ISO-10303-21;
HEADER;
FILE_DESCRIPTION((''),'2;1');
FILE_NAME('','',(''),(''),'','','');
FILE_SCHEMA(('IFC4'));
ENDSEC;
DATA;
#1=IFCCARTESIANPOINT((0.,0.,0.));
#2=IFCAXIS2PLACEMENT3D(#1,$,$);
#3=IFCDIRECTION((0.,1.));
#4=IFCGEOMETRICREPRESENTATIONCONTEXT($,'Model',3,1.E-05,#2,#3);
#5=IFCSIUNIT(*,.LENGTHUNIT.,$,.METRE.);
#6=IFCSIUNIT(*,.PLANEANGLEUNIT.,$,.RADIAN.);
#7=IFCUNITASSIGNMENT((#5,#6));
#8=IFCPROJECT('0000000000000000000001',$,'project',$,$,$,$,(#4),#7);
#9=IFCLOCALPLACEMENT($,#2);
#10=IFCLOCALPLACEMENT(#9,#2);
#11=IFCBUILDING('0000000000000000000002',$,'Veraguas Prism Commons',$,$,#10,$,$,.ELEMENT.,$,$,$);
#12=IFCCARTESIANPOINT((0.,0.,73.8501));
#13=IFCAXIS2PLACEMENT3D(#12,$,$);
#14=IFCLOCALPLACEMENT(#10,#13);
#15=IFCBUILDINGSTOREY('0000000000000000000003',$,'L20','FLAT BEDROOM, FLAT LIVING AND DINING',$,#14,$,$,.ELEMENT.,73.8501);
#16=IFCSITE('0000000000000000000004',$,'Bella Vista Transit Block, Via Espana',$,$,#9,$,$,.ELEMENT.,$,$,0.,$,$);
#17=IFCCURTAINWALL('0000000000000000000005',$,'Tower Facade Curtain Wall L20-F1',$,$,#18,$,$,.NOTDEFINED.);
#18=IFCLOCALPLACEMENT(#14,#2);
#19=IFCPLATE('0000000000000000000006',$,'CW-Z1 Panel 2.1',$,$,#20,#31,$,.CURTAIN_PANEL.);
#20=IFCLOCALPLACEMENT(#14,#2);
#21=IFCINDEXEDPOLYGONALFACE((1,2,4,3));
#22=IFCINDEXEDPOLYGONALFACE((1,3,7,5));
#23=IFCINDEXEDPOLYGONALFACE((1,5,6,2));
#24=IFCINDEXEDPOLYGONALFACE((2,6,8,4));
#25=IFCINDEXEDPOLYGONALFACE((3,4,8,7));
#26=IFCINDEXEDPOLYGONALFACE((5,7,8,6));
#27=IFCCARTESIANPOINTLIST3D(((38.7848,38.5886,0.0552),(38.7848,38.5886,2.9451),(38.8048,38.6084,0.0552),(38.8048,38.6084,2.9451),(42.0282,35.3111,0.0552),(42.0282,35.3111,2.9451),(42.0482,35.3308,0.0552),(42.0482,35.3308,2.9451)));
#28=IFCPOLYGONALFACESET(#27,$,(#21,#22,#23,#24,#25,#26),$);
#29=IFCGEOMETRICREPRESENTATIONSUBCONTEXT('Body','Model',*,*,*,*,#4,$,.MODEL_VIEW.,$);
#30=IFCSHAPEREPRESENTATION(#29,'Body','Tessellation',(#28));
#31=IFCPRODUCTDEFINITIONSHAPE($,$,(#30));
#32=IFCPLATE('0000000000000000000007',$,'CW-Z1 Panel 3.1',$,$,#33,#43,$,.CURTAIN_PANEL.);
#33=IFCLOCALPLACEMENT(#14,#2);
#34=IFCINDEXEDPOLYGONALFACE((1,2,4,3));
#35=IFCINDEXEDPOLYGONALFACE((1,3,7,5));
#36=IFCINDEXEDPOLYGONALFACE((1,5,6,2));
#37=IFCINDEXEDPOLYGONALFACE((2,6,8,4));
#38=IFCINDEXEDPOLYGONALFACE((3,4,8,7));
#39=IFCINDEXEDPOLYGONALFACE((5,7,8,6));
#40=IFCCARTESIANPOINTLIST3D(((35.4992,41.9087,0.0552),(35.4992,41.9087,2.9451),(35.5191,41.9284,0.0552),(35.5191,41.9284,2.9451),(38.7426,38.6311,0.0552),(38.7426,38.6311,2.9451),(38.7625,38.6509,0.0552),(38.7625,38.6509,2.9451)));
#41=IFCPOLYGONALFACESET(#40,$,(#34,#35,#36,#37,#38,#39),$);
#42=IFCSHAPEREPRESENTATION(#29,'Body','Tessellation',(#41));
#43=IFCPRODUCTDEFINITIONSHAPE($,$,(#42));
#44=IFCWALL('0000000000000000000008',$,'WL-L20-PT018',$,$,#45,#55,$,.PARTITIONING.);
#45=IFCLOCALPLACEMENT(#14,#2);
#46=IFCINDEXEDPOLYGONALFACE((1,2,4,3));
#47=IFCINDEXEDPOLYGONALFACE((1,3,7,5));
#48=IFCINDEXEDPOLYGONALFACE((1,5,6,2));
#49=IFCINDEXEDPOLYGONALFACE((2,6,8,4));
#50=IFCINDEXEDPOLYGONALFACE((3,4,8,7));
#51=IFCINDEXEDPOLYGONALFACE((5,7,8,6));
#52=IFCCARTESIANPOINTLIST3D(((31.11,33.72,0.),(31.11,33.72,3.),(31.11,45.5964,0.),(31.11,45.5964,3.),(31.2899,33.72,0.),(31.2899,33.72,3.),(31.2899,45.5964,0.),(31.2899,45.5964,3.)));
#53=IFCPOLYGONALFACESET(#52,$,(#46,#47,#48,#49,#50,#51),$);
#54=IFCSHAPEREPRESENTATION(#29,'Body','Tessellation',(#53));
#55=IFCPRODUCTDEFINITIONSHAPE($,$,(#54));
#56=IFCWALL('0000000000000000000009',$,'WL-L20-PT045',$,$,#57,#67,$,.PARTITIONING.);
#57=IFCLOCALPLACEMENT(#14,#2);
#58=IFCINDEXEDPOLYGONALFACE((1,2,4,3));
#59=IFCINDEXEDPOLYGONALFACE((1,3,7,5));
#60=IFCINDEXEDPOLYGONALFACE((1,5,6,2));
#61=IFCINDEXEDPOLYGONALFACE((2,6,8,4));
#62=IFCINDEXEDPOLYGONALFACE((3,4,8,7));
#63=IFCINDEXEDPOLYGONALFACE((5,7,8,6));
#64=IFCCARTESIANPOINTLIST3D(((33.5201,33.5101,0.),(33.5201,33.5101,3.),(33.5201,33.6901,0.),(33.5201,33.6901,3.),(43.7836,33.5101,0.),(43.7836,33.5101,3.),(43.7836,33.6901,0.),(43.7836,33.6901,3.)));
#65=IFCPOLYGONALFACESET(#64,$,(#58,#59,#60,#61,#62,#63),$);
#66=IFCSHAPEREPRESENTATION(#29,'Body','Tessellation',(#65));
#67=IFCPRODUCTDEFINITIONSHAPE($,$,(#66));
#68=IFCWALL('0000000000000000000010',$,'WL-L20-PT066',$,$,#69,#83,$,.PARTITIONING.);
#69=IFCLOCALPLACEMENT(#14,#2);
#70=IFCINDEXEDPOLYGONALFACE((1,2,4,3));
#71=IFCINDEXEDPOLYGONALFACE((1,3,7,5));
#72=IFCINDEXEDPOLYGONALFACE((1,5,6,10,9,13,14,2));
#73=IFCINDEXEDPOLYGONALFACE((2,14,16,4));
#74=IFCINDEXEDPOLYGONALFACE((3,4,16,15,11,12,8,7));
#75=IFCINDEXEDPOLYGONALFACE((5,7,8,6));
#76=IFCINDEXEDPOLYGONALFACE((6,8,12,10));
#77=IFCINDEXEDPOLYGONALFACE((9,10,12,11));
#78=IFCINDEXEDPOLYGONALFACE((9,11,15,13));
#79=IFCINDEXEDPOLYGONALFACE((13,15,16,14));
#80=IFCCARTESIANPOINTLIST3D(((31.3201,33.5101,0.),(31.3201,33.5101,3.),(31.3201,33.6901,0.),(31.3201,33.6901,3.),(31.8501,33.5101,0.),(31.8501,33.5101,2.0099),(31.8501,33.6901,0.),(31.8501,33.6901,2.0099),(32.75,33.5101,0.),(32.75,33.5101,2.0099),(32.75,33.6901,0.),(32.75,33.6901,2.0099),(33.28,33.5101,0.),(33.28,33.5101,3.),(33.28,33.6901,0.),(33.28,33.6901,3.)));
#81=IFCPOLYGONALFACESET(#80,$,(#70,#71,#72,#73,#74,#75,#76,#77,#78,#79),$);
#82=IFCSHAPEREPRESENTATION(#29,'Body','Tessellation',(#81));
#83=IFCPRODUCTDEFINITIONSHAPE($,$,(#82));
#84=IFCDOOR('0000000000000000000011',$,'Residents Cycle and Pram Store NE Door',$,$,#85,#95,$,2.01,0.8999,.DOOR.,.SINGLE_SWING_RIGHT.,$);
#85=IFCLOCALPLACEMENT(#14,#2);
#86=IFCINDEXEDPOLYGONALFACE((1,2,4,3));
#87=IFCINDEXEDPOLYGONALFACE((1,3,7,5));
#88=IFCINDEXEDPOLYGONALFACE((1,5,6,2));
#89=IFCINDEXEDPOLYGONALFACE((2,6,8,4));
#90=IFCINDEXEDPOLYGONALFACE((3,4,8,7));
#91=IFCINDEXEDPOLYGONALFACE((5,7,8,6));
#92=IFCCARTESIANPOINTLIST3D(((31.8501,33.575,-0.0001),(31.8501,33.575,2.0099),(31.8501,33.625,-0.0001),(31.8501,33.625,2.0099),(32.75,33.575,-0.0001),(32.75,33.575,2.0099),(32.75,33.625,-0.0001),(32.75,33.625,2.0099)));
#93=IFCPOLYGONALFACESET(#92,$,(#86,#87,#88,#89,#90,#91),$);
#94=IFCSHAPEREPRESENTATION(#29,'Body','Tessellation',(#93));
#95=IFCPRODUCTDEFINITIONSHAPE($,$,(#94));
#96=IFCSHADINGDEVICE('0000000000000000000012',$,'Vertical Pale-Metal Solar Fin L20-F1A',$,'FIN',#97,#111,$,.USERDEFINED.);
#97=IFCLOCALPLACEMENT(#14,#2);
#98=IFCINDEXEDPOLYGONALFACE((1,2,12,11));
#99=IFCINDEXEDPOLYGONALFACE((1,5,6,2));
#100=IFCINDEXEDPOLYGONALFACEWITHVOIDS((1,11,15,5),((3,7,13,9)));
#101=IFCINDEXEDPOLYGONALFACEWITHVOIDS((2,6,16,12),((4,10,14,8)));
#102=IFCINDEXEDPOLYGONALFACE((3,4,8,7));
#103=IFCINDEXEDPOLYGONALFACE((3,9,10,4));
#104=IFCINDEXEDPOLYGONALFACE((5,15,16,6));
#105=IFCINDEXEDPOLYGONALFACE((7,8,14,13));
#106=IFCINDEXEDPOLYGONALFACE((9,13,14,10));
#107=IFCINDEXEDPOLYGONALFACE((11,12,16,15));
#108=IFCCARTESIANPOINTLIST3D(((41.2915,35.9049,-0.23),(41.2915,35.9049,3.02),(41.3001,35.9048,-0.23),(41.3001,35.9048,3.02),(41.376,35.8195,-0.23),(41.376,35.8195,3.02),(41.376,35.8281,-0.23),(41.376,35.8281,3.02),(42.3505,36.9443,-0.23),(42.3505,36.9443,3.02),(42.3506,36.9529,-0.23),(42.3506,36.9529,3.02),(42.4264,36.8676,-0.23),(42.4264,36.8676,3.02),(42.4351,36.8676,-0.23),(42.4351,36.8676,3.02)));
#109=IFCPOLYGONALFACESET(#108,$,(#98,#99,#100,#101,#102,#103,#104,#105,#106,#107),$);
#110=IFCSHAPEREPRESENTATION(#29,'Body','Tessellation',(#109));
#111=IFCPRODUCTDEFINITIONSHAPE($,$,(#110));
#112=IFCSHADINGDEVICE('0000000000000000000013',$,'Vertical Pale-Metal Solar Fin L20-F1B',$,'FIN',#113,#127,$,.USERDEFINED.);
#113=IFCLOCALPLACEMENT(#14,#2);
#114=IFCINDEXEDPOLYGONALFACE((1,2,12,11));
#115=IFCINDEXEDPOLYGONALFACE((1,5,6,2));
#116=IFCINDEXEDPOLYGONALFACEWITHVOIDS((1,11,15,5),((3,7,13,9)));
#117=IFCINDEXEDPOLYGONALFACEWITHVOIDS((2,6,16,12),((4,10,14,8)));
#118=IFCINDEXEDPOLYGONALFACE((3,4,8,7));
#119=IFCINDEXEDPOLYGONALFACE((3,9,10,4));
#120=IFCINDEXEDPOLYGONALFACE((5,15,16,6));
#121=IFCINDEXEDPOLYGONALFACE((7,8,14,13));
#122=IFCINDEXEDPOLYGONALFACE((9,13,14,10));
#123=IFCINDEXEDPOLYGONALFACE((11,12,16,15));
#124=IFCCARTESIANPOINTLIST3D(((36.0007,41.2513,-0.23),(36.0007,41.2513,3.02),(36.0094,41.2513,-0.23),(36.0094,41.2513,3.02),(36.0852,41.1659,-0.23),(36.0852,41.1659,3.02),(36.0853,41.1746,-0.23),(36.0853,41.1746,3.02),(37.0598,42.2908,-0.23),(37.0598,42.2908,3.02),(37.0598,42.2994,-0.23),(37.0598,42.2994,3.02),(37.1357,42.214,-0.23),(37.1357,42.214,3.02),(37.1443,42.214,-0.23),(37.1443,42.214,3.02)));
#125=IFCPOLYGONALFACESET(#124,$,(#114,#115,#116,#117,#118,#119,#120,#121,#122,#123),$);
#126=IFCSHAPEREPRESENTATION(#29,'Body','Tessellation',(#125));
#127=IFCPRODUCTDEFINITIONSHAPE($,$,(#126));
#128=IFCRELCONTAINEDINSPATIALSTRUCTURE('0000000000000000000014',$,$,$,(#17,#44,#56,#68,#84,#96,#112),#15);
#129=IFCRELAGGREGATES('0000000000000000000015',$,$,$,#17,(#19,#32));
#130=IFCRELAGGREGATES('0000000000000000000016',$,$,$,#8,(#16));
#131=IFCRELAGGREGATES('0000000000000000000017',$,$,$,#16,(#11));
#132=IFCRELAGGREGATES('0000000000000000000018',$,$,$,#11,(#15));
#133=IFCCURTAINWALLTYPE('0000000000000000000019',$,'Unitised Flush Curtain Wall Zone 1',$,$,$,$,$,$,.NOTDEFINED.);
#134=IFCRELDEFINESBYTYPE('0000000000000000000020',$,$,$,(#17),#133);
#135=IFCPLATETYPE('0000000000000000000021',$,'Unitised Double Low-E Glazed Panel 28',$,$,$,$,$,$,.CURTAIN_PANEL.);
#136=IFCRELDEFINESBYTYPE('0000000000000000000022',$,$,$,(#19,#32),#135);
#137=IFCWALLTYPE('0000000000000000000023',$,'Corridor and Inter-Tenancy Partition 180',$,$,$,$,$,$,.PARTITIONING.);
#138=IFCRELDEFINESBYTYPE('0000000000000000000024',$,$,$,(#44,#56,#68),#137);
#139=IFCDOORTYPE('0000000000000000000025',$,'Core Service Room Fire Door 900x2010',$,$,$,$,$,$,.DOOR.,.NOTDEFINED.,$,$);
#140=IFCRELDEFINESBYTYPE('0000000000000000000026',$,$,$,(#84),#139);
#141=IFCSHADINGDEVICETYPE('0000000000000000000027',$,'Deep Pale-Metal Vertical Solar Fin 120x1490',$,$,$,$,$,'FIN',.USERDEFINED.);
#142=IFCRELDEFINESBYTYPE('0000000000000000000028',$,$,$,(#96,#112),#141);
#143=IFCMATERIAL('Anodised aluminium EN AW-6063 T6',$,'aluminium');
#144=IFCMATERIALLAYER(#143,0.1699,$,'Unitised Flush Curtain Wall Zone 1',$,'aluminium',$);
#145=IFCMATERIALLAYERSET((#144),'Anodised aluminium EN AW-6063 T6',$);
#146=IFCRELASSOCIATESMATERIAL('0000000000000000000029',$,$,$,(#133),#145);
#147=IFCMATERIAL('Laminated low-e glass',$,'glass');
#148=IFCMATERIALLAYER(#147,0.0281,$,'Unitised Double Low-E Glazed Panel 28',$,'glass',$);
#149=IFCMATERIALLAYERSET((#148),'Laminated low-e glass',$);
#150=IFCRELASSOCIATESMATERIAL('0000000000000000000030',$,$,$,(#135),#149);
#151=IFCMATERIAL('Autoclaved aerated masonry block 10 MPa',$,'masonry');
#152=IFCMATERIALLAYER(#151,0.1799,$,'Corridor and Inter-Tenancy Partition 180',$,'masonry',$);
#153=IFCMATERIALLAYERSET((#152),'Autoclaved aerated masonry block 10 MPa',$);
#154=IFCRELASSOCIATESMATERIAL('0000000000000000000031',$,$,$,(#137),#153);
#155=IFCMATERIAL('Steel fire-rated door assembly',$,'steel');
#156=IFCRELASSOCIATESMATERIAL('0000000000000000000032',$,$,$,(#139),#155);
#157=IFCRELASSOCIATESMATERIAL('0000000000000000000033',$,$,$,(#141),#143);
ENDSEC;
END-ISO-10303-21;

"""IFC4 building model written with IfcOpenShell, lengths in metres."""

from ifc_helpers import new_model, si_unit, direction, frame, frame_2d, origin, origin_2d, place, context, subcontext, project, spatial, rectangle, hollow_rectangle, extrude, source, transform, mapped, material, layer, layer_set, material_profile, profile_set, type_object, element, fill, aggregate, save


model = new_model("IFC4")

# Units and contexts
model_context = context("Model", 3, precision=1e-05, world=origin(), true_north=direction((0.0, 1.0)))
body_context = subcontext(model_context, "Body", "Model", "MODEL_VIEW")
ifc_project = project(units=[si_unit("LENGTHUNIT", "METRE"), si_unit("PLANEANGLEUNIT", "RADIAN")], contexts=[model_context])

# Site, building, storey
site_placement = place(None, origin())
site = spatial("IfcSite", under=ifc_project, at=site_placement, Name="Bella Vista Transit Block, Via Espana", CompositionType="ELEMENT", RefElevation=0.0)
building_placement = place(site_placement, origin())
building = spatial("IfcBuilding", under=site, at=building_placement, Name="Veraguas Prism Commons", CompositionType="ELEMENT")
storey_placement = place(building_placement, frame((0.0, 0.0, 73.8501)))
storey = spatial("IfcBuildingStorey", under=building, at=storey_placement, Name="L20", Description="FLAT BEDROOM, FLAT LIVING AND DINING", CompositionType="ELEMENT", Elevation=73.8501)

# Curtain wall
ifc_material_1 = material(Name="Anodised aluminium EN AW-6063 T6", Category="aluminium")
ifc_layer_1 = layer(ifc_material_1, 0.1699, Name="Unitised Flush Curtain Wall Zone 1", Category="aluminium")
ifc_layer_set_1 = layer_set([ifc_layer_1], Name="Anodised aluminium EN AW-6063 T6")
curtain_wall_type = type_object("IfcCurtainWallType", Name="Unitised Flush Curtain Wall Zone 1", PredefinedType="NOTDEFINED", material=ifc_layer_set_1)
curtain_wall_1_placement = place(storey_placement, origin())
curtain_wall_1 = element("IfcCurtainWall", 1, at=curtain_wall_1_placement, inside=storey, type_object=curtain_wall_type, Name="Tower Facade Curtain Wall L20-F1", PredefinedType="NOTDEFINED")

# Plates
ifc_material_2 = material(Name="Laminated low-e glass", Category="glass")
ifc_layer_2 = layer(ifc_material_2, 0.0281, Name="Unitised Double Low-E Glazed Panel 28", Category="glass")
ifc_layer_set_2 = layer_set([ifc_layer_2], Name="Laminated low-e glass")
plate_type = type_object("IfcPlateType", Name="Unitised Double Low-E Glazed Panel 28", PredefinedType="CURTAIN_PANEL", material=ifc_layer_set_2)
shared_shape_1 = source(origin(), body_context, "Body", "SweptSolid", [
    extrude(rectangle(XDim=4.6111, YDim=0.0281, at=origin_2d()), origin(), (0.0, 0.0, 1.0), 2.8899),
])
plate_1_placement = place(storey_placement, frame((40.4165, 36.9597, 0.0552), z_axis=(0.0, 0.0, 1.0), x_axis=(-0.703393, 0.710801, 0.0)))
plate_1 = element("IfcPlate", 2, at=plate_1_placement, type_object=plate_type, Name="CW-Z1 Panel 2.1", PredefinedType="CURTAIN_PANEL", context=body_context, shape_type="MappedRepresentation", body=[
    mapped(shared_shape_1, transform((0.0, 0.0, 0.0), scale=1.0)),
])
plate_2_placement = place(storey_placement, frame((37.1309, 40.2798, 0.0552), z_axis=(0.0, 0.0, 1.0), x_axis=(-0.703393, 0.710801, 0.0)))
plate_2 = element("IfcPlate", 3, at=plate_2_placement, type_object=plate_type, Name="CW-Z1 Panel 3.1", PredefinedType="CURTAIN_PANEL", context=body_context, shape_type="MappedRepresentation", body=[
    mapped(shared_shape_1, transform((0.0, 0.0, 0.0), scale=1.0)),
])
aggregate(curtain_wall_1, [plate_1, plate_2])

# Walls
ifc_material_3 = material(Name="Autoclaved aerated masonry block 10 MPa", Category="masonry")
ifc_layer_3 = layer(ifc_material_3, 0.1799, Name="Corridor and Inter-Tenancy Partition 180", Category="masonry")
ifc_layer_set_3 = layer_set([ifc_layer_3], Name="Autoclaved aerated masonry block 10 MPa")
wall_type = type_object("IfcWallType", Name="Corridor and Inter-Tenancy Partition 180", PredefinedType="PARTITIONING", material=ifc_layer_set_3)
wall_1_placement = place(storey_placement, frame((31.2, 33.72, 0.0), z_axis=(0.0, 0.0, 1.0), x_axis=(0.0, 1.0, 0.0)))
element("IfcWall", 4, at=wall_1_placement, inside=storey, type_object=wall_type, Name="WL-L20-PT018", PredefinedType="PARTITIONING", context=body_context, shape_type="SweptSolid", body=[
    extrude(rectangle(XDim=11.8765, YDim=0.1799, at=frame_2d((5.9382, 0.0))), origin(), (0.0, 0.0, 1.0), 3.0),
])
wall_2_placement = place(storey_placement, frame((33.52, 33.6001, 0.0), z_axis=(0.0, 0.0, 1.0), x_axis=(1.0, 0.0, 0.0)))
element("IfcWall", 5, at=wall_2_placement, inside=storey, type_object=wall_type, Name="WL-L20-PT045", PredefinedType="PARTITIONING", context=body_context, shape_type="SweptSolid", body=[
    extrude(rectangle(XDim=10.2634, YDim=0.1799, at=frame_2d((5.1318, 0.0))), origin(), (0.0, 0.0, 1.0), 3.0),
])

# Wall, opening, door
wall_3_placement = place(storey_placement, frame((31.3201, 33.6001, 0.0), z_axis=(0.0, 0.0, 1.0), x_axis=(1.0, 0.0, 0.0)))
wall_3 = element("IfcWall", 6, at=wall_3_placement, inside=storey, type_object=wall_type, Name="WL-L20-PT066", PredefinedType="PARTITIONING", context=body_context, shape_type="SweptSolid", body=[
    extrude(rectangle(XDim=1.96, YDim=0.1799, at=frame_2d((0.98, 0.0))), origin(), (0.0, 0.0, 1.0), 3.0),
])
opening_placement = place(wall_3_placement, frame((0.53, 0.0, 0.0)))
opening = element("IfcOpeningElement", 7, at=opening_placement, cuts=wall_3, PredefinedType="OPENING", context=body_context, shape_type="SweptSolid", body=[
    extrude(rectangle(XDim=0.8999, YDim=2.01, at=frame_2d((0.45, 1.0049))), frame((0.0, 0.0999, 0.0), z_axis=(0.0, -1.0, 0.0), x_axis=(1.0, 0.0, 0.0)), (0.0, 0.0, 1.0), 0.2),
])
ifc_material_4 = material(Name="Steel fire-rated door assembly", Category="steel")
door_type = type_object("IfcDoorType", Name="Core Service Room Fire Door 900x2010", OperationType="NOTDEFINED", PredefinedType="DOOR", material=ifc_material_4)
shared_shape_2 = source(origin(), body_context, "Body", "SweptSolid", [
    extrude(rectangle(XDim=0.8999, YDim=2.01, at=frame_2d((0.45, 1.0049))), frame((0.0, 0.0249, 0.0), z_axis=(0.0, -1.0, 0.0), x_axis=(1.0, 0.0, 0.0)), (0.0, 0.0, 1.0), 0.05),
])
door_placement = place(opening_placement, origin())
door = element("IfcDoor", 8, at=door_placement, inside=storey, type_object=door_type, Name="Residents Cycle and Pram Store NE Door", OperationType="SINGLE_SWING_RIGHT", OverallHeight=2.01, OverallWidth=0.8999, PredefinedType="DOOR", context=body_context, shape_type="MappedRepresentation", body=[
    mapped(shared_shape_2, transform((0.0, 0.0, 0.0), scale=1.0)),
])
fill(opening, door)

# Shading devices
ifc_material_profile_1 = material_profile(ifc_material_1, hollow_rectangle(XDim=0.1201, YDim=1.49, WallThickness=0.0061, at=origin_2d()), Name="FIN120X1490X6")
ifc_profile_set_1 = profile_set([ifc_material_profile_1], Name="Anodised aluminium EN AW-6063 T6")
shading_device_type = type_object("IfcShadingDeviceType", Name="Deep Pale-Metal Vertical Solar Fin 120x1490", ElementType="FIN", PredefinedType="USERDEFINED", material=ifc_profile_set_1)
for number, where, z_axis, x_axis, name in (
    (9, (41.8633, 36.3862, -0.23), (0.0, 0.0, 1.0), (-0.703396, 0.710798, 0.0), "Vertical Pale-Metal Solar Fin L20-F1A"),
    (10, (36.5725, 41.7327, -0.23), (0.0, 0.0, 1.0), (-0.703396, 0.710798, 0.0), "Vertical Pale-Metal Solar Fin L20-F1B"),
):
    element("IfcShadingDevice", number, at=place(storey_placement, frame(where, z_axis=z_axis, x_axis=x_axis)), inside=storey, type_object=shading_device_type, Name=name, ObjectType="FIN", PredefinedType="USERDEFINED", context=body_context, shape_type="SweptSolid", body=[
        extrude(hollow_rectangle(XDim=0.1201, YDim=1.49, WallThickness=0.0061, at=origin_2d()), origin(), (0.0, 0.0, 1.0), 3.25),
    ])

save(model, "model.ifc")
